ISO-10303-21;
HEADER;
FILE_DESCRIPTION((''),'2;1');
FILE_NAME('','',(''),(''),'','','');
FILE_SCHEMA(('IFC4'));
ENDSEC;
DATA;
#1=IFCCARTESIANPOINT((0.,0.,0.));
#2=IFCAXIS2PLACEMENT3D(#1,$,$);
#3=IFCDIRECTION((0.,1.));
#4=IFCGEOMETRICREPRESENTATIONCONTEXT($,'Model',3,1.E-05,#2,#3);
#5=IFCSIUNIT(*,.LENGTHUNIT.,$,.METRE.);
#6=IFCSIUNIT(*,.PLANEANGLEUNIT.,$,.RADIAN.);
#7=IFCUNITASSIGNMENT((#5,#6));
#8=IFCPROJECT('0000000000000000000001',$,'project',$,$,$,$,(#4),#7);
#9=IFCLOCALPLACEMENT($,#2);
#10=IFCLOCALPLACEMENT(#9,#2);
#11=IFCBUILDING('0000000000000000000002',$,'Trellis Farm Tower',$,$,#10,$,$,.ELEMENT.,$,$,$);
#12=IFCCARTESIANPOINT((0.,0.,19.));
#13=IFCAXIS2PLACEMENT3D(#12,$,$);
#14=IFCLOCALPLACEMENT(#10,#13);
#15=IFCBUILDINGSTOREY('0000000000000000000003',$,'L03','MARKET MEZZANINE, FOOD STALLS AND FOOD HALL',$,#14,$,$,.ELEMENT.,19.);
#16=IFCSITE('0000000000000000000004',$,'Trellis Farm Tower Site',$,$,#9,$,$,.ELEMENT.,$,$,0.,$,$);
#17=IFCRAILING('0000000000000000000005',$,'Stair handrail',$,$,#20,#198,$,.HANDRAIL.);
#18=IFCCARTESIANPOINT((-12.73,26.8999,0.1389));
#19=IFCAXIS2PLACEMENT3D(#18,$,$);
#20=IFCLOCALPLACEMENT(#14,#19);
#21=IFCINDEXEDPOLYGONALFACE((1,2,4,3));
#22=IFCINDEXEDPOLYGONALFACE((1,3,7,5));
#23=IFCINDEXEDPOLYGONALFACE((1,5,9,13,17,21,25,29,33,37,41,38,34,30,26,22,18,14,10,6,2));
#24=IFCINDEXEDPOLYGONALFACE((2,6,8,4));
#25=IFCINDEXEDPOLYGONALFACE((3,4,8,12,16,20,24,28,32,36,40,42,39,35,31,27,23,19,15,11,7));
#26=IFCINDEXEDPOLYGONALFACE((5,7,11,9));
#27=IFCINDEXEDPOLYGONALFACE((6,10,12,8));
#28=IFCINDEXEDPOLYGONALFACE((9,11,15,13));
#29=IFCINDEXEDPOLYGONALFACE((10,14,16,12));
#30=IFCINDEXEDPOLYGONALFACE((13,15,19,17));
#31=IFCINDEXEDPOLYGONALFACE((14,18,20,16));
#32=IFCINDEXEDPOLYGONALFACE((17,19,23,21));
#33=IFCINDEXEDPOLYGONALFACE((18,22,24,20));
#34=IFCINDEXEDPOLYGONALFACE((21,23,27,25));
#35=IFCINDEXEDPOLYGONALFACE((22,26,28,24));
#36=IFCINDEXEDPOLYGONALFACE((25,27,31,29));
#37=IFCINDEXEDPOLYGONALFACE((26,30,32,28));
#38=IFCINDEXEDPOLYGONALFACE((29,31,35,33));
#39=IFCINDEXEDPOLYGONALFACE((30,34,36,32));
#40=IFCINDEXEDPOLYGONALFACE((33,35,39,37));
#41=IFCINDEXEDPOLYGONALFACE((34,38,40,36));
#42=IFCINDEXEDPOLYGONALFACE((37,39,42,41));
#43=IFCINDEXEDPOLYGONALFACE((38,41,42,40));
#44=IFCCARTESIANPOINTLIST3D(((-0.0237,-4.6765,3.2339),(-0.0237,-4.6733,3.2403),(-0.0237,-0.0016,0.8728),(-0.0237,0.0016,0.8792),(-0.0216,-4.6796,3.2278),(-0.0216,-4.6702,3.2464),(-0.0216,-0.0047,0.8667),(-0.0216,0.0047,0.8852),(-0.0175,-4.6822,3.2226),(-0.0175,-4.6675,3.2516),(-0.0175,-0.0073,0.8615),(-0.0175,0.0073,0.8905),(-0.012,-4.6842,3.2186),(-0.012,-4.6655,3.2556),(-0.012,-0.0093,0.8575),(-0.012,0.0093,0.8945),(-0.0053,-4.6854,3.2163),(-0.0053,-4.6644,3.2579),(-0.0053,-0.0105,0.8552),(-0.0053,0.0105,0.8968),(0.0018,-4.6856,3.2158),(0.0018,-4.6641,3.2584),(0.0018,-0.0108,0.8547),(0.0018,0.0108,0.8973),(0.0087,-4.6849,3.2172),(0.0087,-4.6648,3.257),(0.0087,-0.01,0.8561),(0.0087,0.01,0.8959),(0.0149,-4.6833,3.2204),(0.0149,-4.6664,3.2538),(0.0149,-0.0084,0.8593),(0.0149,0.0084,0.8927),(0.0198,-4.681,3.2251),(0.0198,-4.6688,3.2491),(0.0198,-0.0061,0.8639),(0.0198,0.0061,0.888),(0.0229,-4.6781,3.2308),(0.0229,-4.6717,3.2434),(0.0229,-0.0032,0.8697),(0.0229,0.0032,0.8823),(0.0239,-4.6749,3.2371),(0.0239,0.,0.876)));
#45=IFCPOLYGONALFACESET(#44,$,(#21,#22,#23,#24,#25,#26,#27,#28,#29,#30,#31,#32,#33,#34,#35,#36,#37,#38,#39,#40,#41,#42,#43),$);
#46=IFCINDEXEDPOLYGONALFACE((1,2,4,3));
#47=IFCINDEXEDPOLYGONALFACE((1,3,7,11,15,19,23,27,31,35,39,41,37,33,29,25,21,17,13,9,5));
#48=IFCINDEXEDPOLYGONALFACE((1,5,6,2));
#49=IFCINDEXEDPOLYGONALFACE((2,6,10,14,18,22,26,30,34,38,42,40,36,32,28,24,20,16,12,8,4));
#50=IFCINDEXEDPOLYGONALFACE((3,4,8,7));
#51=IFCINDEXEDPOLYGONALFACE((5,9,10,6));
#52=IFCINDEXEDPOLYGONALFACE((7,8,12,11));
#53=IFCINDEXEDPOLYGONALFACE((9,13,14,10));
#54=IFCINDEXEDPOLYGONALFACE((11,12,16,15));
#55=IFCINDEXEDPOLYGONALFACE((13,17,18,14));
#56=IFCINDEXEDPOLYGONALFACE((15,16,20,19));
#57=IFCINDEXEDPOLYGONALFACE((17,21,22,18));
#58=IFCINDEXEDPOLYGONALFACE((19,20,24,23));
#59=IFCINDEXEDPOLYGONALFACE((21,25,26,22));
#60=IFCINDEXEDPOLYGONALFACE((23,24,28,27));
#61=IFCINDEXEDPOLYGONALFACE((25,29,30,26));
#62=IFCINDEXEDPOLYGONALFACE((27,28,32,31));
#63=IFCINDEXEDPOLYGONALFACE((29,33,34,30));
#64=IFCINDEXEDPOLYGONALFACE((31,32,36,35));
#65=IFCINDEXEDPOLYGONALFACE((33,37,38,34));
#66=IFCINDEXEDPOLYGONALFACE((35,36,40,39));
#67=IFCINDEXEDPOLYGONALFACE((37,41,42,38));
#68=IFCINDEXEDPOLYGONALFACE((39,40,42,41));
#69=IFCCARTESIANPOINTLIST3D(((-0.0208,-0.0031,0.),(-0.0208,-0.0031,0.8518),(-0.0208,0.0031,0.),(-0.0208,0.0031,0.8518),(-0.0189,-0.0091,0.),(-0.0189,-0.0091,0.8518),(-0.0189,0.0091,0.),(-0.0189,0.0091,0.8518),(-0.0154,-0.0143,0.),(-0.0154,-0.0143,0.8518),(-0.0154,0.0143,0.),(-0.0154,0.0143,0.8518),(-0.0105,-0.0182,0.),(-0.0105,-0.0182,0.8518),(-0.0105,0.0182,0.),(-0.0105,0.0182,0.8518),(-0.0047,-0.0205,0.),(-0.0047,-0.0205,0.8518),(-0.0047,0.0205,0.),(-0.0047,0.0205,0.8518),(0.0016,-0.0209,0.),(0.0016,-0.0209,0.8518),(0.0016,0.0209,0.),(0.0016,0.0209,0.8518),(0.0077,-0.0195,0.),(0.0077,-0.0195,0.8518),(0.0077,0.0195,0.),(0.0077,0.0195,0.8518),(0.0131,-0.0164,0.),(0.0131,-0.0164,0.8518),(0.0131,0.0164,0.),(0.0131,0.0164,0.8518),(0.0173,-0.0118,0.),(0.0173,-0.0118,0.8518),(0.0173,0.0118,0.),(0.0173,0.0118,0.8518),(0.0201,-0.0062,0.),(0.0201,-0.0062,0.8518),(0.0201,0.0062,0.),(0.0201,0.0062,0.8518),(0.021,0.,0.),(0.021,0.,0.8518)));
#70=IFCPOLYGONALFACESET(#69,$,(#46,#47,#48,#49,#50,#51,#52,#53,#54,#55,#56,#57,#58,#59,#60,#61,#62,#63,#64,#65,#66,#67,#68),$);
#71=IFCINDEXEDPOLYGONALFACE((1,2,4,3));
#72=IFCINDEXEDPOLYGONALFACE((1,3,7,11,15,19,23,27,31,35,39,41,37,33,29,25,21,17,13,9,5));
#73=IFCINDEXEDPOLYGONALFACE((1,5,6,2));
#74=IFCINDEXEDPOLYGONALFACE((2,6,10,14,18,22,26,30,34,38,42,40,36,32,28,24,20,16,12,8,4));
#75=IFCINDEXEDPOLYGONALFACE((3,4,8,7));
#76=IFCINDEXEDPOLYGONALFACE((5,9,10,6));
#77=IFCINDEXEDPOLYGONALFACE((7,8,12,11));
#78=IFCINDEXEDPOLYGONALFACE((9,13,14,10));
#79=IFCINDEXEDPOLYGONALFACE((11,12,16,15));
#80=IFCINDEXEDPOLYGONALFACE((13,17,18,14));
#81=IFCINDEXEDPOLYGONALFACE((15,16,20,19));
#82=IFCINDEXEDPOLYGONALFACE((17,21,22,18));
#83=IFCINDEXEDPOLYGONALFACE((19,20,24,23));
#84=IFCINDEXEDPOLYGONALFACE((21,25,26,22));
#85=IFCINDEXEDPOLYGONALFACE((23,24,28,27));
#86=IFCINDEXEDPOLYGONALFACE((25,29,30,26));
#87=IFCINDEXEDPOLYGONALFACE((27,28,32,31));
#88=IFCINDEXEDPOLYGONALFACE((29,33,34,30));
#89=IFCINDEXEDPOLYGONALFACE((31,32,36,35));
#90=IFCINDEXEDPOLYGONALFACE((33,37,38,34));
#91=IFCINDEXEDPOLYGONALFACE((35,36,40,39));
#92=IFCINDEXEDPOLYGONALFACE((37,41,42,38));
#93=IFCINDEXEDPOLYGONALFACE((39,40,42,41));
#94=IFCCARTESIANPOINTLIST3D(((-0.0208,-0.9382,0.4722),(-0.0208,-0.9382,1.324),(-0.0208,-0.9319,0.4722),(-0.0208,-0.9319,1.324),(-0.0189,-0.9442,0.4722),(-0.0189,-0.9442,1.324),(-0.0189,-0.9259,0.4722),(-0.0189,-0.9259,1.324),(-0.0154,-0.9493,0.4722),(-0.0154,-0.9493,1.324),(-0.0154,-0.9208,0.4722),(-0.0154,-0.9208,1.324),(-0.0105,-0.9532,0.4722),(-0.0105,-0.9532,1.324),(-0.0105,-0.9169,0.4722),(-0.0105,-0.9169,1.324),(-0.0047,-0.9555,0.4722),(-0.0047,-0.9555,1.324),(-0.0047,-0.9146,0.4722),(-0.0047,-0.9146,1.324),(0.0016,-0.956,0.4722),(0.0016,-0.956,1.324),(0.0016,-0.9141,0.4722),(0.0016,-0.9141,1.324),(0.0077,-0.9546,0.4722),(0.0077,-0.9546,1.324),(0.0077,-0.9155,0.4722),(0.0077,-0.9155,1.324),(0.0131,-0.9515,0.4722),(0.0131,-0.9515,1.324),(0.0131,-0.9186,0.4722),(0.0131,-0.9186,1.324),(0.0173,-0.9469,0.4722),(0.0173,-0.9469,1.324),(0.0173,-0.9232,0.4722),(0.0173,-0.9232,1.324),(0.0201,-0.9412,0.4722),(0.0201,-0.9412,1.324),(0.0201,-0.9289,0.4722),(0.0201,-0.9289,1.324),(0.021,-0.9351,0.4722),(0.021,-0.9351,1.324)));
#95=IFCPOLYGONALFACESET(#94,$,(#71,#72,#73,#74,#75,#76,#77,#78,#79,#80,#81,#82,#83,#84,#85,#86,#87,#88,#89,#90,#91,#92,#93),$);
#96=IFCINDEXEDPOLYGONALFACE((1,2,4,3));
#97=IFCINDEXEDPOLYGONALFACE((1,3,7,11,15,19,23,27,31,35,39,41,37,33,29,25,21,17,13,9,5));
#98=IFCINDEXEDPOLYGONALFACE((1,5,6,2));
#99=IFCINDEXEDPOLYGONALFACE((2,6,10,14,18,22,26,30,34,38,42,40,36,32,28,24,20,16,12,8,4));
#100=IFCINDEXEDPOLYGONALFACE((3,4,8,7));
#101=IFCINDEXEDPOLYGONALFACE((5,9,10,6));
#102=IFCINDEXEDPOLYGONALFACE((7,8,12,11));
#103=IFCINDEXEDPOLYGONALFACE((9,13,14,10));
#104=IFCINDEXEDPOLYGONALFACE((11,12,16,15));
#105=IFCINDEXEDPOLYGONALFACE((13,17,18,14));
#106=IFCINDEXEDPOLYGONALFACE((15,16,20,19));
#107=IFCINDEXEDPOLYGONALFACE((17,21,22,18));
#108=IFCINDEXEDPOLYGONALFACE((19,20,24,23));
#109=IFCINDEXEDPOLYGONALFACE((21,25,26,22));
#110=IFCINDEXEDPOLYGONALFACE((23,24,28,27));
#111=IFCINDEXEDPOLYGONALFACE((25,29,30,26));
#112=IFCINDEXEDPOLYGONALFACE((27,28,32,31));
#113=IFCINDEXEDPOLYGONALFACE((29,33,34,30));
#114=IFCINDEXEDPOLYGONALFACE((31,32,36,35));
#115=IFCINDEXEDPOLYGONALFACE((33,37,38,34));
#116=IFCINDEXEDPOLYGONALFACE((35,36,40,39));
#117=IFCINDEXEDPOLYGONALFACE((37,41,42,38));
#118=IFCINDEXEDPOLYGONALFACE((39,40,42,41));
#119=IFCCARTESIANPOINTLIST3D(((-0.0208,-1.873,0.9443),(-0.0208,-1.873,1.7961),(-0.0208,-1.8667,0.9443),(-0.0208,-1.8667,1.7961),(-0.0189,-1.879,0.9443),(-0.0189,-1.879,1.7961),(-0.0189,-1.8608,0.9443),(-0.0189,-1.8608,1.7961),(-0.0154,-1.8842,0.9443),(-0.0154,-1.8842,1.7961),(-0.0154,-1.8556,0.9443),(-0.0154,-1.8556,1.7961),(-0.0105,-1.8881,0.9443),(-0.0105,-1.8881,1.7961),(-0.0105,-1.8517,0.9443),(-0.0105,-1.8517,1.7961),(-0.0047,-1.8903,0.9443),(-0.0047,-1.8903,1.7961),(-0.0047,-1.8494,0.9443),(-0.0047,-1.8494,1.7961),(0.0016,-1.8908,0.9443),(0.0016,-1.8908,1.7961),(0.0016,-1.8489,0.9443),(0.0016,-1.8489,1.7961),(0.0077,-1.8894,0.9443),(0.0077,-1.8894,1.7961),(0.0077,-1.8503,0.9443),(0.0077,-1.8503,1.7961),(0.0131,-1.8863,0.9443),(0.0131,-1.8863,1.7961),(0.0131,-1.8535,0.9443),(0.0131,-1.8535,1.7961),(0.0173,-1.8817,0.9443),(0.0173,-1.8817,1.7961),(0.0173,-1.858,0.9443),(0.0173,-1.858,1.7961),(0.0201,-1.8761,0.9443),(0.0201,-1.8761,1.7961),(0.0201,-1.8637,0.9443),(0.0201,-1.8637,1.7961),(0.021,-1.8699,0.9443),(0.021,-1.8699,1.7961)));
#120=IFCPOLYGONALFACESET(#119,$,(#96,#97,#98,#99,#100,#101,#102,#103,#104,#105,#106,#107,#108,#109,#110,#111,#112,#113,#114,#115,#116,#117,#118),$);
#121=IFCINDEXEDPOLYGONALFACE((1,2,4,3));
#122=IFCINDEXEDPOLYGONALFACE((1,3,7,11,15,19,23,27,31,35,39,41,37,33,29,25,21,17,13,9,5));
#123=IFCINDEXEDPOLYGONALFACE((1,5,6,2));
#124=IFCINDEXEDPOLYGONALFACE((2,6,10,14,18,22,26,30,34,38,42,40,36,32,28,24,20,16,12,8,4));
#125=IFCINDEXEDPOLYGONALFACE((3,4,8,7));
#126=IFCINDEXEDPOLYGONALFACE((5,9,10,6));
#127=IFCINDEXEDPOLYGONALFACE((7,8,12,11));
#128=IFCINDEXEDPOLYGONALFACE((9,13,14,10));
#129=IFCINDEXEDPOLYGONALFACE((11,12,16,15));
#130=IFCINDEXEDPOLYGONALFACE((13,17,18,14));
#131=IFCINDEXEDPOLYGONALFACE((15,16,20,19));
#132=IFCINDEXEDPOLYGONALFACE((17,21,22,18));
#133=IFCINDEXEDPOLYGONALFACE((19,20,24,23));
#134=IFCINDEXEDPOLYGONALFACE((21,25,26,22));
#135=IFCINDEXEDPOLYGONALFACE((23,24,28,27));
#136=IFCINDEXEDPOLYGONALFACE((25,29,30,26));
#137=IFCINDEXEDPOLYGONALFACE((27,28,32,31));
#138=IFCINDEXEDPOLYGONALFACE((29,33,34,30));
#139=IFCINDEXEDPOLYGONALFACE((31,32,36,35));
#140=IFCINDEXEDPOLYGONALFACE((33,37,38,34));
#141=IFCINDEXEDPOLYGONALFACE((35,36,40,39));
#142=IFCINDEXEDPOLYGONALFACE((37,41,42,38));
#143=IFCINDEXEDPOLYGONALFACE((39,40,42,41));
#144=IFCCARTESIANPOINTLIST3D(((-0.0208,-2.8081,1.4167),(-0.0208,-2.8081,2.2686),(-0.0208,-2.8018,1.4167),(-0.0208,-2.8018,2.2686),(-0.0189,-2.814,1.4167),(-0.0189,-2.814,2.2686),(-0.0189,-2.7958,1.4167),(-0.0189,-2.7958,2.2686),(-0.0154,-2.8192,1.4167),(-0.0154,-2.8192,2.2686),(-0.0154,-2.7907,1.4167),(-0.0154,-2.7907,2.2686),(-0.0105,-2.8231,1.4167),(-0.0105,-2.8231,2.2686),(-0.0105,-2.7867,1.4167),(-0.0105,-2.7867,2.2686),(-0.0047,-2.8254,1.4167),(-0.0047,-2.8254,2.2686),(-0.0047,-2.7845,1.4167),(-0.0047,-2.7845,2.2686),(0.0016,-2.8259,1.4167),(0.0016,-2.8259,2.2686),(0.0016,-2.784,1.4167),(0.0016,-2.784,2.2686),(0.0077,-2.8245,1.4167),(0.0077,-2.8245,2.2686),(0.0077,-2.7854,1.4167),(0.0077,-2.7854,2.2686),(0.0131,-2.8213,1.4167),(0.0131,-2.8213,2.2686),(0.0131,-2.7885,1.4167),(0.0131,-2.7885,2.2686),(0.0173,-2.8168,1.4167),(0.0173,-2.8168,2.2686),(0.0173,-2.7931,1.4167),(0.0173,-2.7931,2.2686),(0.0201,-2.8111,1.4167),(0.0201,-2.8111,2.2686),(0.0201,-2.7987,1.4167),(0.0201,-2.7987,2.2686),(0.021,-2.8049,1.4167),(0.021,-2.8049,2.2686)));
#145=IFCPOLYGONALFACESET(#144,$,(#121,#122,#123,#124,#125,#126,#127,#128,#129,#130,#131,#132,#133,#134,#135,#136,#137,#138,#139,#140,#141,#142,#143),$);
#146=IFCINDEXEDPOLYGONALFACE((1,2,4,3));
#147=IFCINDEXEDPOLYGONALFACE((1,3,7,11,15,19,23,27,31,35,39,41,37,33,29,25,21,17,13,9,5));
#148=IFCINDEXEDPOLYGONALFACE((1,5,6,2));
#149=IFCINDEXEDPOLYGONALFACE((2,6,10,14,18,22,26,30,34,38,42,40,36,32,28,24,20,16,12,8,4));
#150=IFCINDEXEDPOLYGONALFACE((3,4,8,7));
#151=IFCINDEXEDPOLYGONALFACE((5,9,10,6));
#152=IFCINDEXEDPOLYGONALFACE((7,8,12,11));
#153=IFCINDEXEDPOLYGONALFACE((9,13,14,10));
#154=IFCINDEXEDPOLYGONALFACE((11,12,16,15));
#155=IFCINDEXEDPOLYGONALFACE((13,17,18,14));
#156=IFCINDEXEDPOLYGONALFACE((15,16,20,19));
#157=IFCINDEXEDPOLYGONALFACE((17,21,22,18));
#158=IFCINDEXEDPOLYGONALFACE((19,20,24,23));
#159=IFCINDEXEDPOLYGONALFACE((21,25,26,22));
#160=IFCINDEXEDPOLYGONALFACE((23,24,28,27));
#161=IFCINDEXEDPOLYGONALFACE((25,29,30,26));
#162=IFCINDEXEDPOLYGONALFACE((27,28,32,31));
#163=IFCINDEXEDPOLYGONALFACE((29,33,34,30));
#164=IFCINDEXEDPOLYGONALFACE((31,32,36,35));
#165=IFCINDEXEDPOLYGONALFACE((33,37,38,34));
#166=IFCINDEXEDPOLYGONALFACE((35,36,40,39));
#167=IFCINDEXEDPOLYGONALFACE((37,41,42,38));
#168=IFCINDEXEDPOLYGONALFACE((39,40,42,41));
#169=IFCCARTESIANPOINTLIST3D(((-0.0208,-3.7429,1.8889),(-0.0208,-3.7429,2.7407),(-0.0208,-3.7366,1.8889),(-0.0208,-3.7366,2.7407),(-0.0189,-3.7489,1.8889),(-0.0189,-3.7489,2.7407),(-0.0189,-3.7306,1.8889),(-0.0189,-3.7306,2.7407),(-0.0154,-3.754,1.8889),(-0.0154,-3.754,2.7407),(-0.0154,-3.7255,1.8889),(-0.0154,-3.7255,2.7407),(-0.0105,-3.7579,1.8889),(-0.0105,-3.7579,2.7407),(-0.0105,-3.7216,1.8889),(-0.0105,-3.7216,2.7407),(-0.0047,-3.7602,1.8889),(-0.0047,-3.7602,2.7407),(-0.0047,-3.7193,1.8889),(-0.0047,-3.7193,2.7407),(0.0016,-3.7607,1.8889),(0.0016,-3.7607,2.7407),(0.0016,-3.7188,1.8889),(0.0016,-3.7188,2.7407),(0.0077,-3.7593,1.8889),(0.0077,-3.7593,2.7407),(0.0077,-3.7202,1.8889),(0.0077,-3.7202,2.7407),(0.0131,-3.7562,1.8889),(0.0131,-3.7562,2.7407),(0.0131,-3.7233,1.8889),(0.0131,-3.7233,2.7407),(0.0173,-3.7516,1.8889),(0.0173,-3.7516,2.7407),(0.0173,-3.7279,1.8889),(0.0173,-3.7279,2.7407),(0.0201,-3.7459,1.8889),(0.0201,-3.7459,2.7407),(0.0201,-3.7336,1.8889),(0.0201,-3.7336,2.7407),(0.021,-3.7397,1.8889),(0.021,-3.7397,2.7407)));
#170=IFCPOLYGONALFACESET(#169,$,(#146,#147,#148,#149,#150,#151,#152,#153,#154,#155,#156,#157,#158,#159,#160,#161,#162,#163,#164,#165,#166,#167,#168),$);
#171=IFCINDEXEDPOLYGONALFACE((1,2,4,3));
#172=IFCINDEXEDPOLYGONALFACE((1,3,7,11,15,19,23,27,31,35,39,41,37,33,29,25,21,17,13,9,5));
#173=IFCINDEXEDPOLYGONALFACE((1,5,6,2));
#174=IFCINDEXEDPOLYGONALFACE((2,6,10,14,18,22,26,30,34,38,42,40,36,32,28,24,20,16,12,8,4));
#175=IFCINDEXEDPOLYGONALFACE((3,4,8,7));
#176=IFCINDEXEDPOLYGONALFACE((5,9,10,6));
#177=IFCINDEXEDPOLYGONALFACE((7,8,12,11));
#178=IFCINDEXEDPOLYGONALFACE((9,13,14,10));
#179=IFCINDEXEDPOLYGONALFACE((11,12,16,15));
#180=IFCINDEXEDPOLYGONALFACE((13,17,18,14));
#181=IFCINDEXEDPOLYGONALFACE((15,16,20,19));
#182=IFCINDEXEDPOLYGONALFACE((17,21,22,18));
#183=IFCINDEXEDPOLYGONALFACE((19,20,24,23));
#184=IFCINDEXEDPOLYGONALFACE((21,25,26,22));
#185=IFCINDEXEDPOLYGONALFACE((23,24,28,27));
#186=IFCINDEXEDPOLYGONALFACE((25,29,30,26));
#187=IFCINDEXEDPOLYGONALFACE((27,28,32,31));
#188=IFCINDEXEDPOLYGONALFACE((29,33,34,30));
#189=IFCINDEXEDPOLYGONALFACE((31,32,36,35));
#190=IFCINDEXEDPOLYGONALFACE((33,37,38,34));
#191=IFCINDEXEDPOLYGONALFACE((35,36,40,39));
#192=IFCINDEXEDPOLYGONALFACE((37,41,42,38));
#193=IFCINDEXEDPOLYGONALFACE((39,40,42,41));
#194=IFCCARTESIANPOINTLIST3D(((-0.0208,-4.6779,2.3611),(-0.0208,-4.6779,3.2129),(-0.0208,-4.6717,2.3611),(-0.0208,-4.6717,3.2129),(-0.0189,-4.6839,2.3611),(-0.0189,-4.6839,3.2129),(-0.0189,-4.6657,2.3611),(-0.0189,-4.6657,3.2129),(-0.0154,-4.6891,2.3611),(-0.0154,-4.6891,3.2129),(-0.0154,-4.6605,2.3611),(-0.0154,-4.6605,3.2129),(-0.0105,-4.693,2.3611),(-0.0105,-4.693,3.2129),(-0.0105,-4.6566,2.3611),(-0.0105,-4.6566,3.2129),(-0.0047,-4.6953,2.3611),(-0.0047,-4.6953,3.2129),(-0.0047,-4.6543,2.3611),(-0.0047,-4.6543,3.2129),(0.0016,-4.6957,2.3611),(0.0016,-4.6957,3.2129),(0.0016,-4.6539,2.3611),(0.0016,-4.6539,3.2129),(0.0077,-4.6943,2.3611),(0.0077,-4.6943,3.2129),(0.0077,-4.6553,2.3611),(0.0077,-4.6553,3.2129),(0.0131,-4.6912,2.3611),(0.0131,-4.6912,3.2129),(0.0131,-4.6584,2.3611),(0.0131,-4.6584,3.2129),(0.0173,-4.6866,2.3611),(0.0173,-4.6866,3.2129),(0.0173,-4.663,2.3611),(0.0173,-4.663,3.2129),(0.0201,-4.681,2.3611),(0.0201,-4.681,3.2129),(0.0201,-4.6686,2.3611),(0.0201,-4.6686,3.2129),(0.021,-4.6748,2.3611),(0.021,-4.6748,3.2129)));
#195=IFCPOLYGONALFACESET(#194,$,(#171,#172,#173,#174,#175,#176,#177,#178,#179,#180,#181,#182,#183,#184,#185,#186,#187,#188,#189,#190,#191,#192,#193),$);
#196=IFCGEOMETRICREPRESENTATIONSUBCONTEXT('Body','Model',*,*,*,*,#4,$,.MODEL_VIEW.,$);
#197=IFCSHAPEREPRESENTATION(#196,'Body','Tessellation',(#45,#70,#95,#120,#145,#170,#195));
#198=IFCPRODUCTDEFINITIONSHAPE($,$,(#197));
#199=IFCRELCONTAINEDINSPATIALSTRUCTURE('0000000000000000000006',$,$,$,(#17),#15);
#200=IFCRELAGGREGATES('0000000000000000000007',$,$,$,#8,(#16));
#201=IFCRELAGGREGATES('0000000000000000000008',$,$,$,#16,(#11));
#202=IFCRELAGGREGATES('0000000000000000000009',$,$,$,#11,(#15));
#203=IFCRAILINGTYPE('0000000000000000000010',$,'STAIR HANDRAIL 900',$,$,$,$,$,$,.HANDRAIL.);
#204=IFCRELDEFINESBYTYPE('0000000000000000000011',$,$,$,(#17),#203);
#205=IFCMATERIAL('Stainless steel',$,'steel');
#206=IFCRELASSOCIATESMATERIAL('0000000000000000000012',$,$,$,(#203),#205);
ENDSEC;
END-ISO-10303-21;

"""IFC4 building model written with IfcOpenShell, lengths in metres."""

from ifc_helpers import new_model, si_unit, direction, frame, origin, origin_2d, place, context, subcontext, project, spatial, circle, extrude, source, transform, mapped, material, type_object, element, save


model = new_model("IFC4")

# Units and contexts
model_context = context("Model", 3, precision=1e-05, world=origin(), true_north=direction((0.0, 1.0)))
body_context = subcontext(model_context, "Body", "Model", "MODEL_VIEW")
ifc_project = project(units=[si_unit("LENGTHUNIT", "METRE"), si_unit("PLANEANGLEUNIT", "RADIAN")], contexts=[model_context])

# Site, building, storey
site_placement = place(None, origin())
site = spatial("IfcSite", under=ifc_project, at=site_placement, Name="Trellis Farm Tower Site", CompositionType="ELEMENT", RefElevation=0.0)
building_placement = place(site_placement, origin())
building = spatial("IfcBuilding", under=site, at=building_placement, Name="Trellis Farm Tower", CompositionType="ELEMENT")
storey_placement = place(building_placement, frame((0.0, 0.0, 19.0)))
storey = spatial("IfcBuildingStorey", under=building, at=storey_placement, Name="L03", Description="MARKET MEZZANINE, FOOD STALLS AND FOOD HALL", CompositionType="ELEMENT", Elevation=19.0)

# Railing
ifc_material_1 = material(Name="Stainless steel", Category="steel")
railing_type = type_object("IfcRailingType", Name="STAIR HANDRAIL 900", PredefinedType="HANDRAIL", material=ifc_material_1)
shared_shape_1 = source(origin(), body_context, "Body", "SweptSolid", [
    extrude(circle(Radius=0.0239, at=origin_2d()), frame((0.0, 0.0, 0.876), z_axis=(0.0, -0.892611, 0.450827), x_axis=(1.0, 0.0, 0.0)), (0.0, 0.0, 1.0), 5.2373),
    extrude(circle(Radius=0.021, at=origin_2d()), origin(), (0.0, 0.0, 1.0), 0.8518),
    extrude(circle(Radius=0.021, at=origin_2d()), frame((0.0, -0.9351, 0.4722)), (0.0, 0.0, 1.0), 0.8518),
    extrude(circle(Radius=0.021, at=origin_2d()), frame((0.0, -1.8699, 0.9443)), (0.0, 0.0, 1.0), 0.8518),
    extrude(circle(Radius=0.021, at=origin_2d()), frame((0.0, -2.8049, 1.4167)), (0.0, 0.0, 1.0), 0.8518),
    extrude(circle(Radius=0.021, at=origin_2d()), frame((0.0, -3.7397, 1.8889)), (0.0, 0.0, 1.0), 0.8518),
    extrude(circle(Radius=0.021, at=origin_2d()), frame((0.0, -4.6748, 2.3611)), (0.0, 0.0, 1.0), 0.8518),
])
railing_placement = place(storey_placement, frame((-12.73, 26.8999, 0.1389)))
element("IfcRailing", 1, at=railing_placement, inside=storey, type_object=railing_type, Name="Stair handrail", PredefinedType="HANDRAIL", context=body_context, shape_type="MappedRepresentation", body=[
    mapped(shared_shape_1, transform((0.0, 0.0, 0.0))),
])

save(model, "model.ifc")
